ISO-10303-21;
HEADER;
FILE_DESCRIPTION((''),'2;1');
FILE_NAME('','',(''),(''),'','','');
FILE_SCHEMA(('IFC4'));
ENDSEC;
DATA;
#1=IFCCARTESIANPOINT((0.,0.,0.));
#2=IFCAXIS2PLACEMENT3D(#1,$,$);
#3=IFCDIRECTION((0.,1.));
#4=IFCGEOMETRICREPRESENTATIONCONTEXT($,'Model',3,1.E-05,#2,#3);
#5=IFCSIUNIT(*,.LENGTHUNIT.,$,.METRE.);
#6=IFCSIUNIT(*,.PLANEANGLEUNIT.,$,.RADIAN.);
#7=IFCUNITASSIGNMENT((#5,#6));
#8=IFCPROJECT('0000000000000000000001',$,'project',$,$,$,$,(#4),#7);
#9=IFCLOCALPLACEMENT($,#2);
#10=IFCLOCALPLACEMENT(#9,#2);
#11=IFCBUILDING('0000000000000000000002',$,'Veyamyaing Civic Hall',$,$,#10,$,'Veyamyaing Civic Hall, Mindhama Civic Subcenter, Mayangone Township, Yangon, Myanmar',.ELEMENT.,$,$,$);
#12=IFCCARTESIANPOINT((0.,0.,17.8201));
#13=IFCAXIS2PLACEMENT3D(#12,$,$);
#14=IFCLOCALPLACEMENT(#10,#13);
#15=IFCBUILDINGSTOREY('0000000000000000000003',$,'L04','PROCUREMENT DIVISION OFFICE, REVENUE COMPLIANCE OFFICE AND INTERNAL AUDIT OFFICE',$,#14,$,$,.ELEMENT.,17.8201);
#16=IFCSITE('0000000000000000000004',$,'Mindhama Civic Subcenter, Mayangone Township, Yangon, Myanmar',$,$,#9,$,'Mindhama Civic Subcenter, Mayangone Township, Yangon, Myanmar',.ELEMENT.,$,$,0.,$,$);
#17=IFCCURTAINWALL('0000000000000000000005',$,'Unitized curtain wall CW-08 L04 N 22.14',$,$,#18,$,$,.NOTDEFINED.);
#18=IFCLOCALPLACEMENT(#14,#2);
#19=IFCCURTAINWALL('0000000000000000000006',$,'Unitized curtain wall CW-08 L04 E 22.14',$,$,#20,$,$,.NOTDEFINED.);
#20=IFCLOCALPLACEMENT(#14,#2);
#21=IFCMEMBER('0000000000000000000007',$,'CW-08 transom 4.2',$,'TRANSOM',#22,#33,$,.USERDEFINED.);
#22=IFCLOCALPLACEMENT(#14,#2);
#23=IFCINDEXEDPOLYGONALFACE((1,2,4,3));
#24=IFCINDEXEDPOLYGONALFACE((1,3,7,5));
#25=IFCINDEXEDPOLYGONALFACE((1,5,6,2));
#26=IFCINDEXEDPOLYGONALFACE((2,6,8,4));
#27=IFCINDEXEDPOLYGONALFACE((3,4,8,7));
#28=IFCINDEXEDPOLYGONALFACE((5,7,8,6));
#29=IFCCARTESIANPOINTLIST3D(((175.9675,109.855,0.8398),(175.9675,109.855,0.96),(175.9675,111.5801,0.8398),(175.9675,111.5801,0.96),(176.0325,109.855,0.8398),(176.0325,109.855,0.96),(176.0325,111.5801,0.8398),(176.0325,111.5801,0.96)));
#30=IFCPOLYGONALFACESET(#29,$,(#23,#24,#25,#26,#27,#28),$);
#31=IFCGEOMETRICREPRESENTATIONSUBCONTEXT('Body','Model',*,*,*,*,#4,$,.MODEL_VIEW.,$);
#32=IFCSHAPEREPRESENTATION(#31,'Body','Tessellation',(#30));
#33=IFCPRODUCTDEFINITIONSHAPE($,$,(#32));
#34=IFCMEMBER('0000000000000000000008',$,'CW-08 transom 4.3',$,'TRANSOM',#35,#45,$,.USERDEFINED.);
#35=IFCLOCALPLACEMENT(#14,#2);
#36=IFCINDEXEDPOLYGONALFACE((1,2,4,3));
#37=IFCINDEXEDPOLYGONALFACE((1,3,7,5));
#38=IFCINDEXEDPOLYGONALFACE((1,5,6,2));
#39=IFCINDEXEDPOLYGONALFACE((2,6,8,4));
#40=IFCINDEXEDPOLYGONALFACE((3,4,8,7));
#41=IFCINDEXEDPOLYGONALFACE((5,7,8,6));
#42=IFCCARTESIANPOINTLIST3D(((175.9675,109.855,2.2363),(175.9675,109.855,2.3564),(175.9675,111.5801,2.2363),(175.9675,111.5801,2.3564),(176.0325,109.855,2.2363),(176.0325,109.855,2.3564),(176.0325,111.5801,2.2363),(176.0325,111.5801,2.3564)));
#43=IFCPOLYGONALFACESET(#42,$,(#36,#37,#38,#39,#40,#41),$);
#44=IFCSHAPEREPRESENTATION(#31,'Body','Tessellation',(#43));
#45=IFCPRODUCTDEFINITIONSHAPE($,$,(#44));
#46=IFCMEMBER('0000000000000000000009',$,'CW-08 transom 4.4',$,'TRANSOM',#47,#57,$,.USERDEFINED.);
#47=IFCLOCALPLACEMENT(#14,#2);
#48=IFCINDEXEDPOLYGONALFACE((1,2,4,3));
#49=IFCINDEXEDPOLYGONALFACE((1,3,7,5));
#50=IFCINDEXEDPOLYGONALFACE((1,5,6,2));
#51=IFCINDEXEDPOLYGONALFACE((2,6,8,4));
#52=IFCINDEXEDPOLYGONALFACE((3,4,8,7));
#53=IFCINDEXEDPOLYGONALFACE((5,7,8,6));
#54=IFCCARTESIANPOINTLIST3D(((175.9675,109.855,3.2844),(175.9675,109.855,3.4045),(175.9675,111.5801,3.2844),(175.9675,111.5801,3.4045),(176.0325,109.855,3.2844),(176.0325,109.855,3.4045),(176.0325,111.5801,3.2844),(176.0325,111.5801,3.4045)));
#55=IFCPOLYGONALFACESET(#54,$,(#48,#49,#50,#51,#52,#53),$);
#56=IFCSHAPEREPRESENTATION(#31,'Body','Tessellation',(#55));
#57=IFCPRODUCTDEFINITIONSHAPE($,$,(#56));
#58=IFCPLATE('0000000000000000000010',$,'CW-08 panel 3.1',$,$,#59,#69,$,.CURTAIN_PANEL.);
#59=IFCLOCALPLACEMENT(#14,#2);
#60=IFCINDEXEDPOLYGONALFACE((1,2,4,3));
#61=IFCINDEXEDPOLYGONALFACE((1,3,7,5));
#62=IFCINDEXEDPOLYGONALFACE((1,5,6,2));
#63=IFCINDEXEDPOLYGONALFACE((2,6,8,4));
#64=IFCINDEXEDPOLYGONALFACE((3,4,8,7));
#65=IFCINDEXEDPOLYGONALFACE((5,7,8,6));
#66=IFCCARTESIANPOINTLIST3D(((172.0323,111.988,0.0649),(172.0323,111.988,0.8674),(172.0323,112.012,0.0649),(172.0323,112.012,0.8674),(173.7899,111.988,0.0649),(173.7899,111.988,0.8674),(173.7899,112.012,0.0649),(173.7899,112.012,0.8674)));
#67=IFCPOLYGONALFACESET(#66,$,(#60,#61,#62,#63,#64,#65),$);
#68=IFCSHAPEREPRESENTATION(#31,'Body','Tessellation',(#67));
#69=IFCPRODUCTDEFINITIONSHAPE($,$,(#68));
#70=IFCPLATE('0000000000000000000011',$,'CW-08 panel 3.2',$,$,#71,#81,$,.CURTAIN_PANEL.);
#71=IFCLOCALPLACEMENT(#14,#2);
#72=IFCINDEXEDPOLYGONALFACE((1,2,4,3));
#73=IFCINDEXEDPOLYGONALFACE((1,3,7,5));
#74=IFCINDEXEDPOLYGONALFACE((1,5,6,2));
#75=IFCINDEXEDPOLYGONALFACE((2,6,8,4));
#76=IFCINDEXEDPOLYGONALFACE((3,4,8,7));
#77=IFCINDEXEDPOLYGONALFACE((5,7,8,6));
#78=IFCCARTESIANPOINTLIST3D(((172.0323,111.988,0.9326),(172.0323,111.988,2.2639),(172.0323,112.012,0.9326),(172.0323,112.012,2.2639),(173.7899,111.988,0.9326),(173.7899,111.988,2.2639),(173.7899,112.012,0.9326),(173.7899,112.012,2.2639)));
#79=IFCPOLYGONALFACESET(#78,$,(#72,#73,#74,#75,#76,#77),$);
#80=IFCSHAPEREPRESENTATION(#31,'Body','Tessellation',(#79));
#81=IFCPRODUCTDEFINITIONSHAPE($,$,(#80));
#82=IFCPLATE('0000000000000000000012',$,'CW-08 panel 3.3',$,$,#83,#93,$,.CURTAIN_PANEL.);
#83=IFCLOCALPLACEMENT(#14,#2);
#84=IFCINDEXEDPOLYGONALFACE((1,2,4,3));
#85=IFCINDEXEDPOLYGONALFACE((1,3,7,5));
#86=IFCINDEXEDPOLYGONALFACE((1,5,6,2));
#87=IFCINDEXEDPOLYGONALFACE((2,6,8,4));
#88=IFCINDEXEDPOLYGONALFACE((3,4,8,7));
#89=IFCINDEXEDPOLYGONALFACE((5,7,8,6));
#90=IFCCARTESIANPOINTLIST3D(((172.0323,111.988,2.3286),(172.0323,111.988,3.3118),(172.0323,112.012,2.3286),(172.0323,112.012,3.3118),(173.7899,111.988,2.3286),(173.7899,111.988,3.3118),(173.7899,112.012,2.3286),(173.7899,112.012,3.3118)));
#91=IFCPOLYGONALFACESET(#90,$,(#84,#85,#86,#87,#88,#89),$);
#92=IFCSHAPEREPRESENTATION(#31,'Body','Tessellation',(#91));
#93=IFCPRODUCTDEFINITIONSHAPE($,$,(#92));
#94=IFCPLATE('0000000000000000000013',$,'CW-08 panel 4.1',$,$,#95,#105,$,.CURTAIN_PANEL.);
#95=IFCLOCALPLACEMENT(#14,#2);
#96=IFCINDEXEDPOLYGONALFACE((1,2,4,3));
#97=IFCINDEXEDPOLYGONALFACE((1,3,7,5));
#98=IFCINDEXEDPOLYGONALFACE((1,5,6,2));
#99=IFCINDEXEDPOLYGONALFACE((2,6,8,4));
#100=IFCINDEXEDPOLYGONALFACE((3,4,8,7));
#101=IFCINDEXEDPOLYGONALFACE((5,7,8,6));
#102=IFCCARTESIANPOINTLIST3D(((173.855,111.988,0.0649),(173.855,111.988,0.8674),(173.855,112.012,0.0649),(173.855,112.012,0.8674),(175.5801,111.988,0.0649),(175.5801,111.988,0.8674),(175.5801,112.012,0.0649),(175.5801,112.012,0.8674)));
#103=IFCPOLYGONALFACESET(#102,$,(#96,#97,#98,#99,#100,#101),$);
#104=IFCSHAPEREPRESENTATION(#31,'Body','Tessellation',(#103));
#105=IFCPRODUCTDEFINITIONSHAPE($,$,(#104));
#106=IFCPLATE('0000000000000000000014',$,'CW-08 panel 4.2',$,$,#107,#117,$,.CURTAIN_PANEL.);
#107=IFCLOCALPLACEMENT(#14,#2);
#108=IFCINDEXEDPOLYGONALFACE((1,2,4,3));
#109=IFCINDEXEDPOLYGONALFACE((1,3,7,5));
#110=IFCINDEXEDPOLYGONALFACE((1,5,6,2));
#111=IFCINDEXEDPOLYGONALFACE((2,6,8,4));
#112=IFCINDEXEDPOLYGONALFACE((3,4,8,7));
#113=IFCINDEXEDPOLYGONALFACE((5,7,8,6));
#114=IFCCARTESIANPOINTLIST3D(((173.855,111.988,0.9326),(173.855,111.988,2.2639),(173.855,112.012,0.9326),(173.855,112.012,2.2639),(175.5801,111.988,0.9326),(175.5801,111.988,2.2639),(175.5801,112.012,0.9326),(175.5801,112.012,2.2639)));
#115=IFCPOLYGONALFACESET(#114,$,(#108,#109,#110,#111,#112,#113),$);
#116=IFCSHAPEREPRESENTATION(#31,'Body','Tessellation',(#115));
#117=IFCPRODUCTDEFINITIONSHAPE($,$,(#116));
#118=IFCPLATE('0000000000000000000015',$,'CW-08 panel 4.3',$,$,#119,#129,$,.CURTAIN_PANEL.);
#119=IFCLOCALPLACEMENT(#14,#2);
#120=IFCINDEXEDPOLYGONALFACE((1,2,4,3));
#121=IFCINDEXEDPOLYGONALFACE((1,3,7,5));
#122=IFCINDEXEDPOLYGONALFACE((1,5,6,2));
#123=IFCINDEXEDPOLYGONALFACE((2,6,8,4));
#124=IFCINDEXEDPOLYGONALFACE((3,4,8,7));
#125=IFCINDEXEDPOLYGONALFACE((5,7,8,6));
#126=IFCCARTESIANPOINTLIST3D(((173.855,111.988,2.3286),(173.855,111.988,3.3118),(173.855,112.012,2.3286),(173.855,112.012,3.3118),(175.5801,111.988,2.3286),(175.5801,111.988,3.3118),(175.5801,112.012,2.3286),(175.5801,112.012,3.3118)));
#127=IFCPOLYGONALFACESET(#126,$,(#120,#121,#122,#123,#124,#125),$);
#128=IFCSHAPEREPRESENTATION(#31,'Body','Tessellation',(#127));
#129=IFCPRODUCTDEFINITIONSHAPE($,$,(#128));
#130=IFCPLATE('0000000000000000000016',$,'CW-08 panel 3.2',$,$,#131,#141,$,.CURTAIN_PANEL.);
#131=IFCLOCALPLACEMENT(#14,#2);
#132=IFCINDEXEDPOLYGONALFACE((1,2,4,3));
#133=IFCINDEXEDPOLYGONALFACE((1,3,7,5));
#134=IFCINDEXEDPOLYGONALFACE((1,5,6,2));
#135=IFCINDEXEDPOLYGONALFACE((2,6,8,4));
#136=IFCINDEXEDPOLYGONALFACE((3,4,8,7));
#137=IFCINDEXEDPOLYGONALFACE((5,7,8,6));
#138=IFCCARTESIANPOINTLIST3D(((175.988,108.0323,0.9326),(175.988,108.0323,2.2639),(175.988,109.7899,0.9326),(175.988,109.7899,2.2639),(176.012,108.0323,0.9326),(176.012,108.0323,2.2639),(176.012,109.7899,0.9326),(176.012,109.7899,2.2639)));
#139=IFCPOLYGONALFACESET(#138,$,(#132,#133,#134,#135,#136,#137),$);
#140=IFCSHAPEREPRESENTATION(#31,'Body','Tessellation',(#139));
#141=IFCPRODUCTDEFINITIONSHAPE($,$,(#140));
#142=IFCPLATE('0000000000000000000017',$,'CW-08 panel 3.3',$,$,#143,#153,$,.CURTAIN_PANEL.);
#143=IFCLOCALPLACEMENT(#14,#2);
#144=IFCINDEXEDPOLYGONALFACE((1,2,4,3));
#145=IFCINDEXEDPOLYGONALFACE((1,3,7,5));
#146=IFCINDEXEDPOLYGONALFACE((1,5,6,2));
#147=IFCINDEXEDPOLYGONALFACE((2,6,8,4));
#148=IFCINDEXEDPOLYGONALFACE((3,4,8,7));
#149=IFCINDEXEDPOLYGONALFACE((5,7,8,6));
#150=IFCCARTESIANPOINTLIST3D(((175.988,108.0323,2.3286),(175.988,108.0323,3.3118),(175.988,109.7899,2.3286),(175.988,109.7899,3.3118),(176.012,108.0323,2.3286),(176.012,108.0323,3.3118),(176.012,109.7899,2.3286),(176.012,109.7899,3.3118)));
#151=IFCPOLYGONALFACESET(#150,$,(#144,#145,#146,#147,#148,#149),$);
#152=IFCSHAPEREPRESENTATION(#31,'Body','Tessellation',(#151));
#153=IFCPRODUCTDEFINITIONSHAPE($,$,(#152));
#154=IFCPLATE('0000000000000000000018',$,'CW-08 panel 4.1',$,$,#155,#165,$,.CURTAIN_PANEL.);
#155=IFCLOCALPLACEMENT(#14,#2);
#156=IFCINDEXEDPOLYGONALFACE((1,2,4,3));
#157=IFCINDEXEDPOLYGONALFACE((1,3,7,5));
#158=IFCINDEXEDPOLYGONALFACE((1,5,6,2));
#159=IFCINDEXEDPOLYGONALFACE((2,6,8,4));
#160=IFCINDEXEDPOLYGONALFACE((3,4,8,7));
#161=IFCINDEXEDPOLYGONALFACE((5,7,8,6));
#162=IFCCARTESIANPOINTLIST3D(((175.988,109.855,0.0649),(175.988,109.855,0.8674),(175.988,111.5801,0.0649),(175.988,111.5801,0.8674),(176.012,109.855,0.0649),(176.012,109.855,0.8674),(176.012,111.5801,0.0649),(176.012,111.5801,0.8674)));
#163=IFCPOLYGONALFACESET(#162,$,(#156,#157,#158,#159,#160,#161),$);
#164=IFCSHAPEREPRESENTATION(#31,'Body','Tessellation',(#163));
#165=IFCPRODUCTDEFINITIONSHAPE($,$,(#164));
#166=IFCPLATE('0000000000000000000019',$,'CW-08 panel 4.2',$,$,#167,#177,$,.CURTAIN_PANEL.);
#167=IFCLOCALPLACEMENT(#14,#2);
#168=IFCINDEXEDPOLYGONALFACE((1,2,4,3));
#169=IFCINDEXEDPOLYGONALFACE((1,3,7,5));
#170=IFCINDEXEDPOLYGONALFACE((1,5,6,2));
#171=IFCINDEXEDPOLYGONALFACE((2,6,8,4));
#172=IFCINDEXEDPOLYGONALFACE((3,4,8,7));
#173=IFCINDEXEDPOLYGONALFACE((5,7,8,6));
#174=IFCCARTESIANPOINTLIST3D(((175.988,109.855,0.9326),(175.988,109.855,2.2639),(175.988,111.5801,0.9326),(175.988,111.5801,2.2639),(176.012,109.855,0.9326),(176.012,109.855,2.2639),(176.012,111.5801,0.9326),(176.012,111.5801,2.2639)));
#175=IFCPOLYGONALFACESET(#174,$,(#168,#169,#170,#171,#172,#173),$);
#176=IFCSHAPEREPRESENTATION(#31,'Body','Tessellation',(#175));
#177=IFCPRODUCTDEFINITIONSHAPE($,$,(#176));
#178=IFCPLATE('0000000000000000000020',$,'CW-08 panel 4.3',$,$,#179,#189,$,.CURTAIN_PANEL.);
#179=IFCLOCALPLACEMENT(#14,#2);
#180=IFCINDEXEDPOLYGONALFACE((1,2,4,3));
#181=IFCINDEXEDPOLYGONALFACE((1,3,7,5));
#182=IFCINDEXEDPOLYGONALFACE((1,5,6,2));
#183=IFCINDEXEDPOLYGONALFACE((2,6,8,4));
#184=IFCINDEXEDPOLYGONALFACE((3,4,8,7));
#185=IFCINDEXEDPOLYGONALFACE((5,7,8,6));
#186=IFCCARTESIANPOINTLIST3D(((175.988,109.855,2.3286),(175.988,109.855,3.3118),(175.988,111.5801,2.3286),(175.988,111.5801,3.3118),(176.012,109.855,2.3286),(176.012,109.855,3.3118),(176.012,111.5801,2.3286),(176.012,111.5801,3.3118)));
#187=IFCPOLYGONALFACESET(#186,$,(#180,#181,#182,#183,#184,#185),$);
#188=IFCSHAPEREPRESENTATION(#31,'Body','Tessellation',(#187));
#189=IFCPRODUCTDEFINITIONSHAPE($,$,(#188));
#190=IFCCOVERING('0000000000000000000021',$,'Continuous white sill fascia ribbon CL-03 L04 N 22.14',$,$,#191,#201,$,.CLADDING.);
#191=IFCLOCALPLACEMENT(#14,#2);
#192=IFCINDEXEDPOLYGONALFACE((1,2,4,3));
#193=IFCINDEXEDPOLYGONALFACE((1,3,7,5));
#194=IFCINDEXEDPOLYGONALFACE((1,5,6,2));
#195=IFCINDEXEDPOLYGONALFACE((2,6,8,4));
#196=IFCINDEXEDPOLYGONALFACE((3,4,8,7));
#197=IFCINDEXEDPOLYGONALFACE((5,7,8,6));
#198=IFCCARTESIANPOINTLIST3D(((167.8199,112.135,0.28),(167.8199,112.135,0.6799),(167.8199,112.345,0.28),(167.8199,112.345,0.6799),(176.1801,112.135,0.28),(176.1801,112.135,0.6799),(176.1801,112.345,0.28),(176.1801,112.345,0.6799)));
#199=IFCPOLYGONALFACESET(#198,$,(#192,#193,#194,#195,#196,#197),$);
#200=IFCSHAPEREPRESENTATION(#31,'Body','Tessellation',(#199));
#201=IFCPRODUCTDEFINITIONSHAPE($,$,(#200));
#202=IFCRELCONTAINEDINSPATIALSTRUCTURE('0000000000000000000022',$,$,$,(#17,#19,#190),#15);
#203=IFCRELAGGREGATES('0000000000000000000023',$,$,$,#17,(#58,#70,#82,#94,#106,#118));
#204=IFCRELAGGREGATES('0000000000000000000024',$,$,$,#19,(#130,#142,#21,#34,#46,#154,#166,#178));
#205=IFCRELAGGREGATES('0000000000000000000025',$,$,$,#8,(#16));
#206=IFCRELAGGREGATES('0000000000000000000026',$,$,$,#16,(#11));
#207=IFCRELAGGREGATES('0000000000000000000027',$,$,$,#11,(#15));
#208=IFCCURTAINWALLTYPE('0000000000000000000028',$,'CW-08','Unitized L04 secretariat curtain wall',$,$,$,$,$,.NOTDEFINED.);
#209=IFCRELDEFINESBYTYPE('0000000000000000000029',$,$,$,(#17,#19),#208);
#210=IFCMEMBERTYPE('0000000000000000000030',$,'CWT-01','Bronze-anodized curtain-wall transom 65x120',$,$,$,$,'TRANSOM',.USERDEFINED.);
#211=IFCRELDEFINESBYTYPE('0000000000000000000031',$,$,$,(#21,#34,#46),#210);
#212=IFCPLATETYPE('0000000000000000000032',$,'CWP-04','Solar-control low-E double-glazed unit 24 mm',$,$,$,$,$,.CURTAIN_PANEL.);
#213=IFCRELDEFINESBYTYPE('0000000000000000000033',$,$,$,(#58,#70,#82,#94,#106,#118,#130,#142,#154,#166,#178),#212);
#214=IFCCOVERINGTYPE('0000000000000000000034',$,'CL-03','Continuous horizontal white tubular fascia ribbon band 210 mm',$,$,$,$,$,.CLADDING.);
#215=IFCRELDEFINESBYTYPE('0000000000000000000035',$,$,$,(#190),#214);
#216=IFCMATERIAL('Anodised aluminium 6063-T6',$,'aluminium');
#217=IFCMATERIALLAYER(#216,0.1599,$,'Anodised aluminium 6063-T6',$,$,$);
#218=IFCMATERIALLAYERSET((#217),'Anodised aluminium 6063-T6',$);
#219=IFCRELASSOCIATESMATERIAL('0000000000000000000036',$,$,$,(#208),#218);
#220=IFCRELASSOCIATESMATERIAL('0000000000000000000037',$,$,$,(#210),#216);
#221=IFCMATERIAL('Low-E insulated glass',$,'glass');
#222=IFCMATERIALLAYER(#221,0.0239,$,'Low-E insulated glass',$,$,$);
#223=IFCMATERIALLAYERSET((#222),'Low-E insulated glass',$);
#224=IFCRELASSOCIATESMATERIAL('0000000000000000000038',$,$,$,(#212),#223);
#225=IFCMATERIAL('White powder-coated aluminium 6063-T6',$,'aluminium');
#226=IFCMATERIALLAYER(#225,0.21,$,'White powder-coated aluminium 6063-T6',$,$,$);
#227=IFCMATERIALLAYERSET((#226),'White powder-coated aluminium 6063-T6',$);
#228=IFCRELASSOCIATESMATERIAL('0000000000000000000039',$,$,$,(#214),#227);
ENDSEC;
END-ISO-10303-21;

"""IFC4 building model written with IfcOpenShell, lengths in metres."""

from ifc_helpers import new_model, si_unit, direction, frame, origin, origin_2d, place, context, subcontext, project, spatial, rectangle, extrude, material, layer, layer_set, material_profile, profile_set, type_object, element, aggregate, save


model = new_model("IFC4")

# Units and contexts
model_context = context("Model", 3, precision=1e-05, world=origin(), true_north=direction((0.0, 1.0)))
body_context = subcontext(model_context, "Body", "Model", "MODEL_VIEW")
ifc_project = project(units=[si_unit("LENGTHUNIT", "METRE"), si_unit("PLANEANGLEUNIT", "RADIAN")], contexts=[model_context])

# Site, building, storey
site_placement = place(None, origin())
site = spatial("IfcSite", under=ifc_project, at=site_placement, Name="Mindhama Civic Subcenter, Mayangone Township, Yangon, Myanmar", LongName="Mindhama Civic Subcenter, Mayangone Township, Yangon, Myanmar", CompositionType="ELEMENT", RefElevation=0.0)
building_placement = place(site_placement, origin())
building = spatial("IfcBuilding", under=site, at=building_placement, Name="Veyamyaing Civic Hall", LongName="Veyamyaing Civic Hall, Mindhama Civic Subcenter, Mayangone Township, Yangon, Myanmar", CompositionType="ELEMENT")
storey_placement = place(building_placement, frame((0.0, 0.0, 17.8201)))
storey = spatial("IfcBuildingStorey", under=building, at=storey_placement, Name="L04", Description="PROCUREMENT DIVISION OFFICE, REVENUE COMPLIANCE OFFICE AND INTERNAL AUDIT OFFICE", CompositionType="ELEMENT", Elevation=17.8201)

# Curtain walls
ifc_material_1 = material(Name="Anodised aluminium 6063-T6", Category="aluminium")
ifc_layer_1 = layer(ifc_material_1, 0.1599, Name="Anodised aluminium 6063-T6")
ifc_layer_set_1 = layer_set([ifc_layer_1], Name="Anodised aluminium 6063-T6")
curtain_wall_type = type_object("IfcCurtainWallType", Name="CW-08", Description="Unitized L04 secretariat curtain wall", PredefinedType="NOTDEFINED", material=ifc_layer_set_1)
curtain_wall_1_placement = place(storey_placement, origin())
curtain_wall_1 = element("IfcCurtainWall", 1, at=curtain_wall_1_placement, inside=storey, type_object=curtain_wall_type, Name="Unitized curtain wall CW-08 L04 N 22.14", PredefinedType="NOTDEFINED")
curtain_wall_2_placement = place(storey_placement, origin())
curtain_wall_2 = element("IfcCurtainWall", 2, at=curtain_wall_2_placement, inside=storey, type_object=curtain_wall_type, Name="Unitized curtain wall CW-08 L04 E 22.14", PredefinedType="NOTDEFINED")

# Members
ifc_material_profile_1 = material_profile(ifc_material_1, rectangle(XDim=0.0649, YDim=0.1201, at=origin_2d()), Name="ALU-TRN-65X120")
ifc_profile_set_1 = profile_set([ifc_material_profile_1], Name="Anodised aluminium 6063-T6")
member_type_1 = type_object("IfcMemberType", Name="CWT-01", Description="Bronze-anodized curtain-wall transom 65x120", ElementType="TRANSOM", PredefinedType="USERDEFINED", material=ifc_profile_set_1)
member_1_placement = place(storey_placement, frame((176.0, 109.855, 0.8999), z_axis=(0.0, 1.0, 0.0), x_axis=(-1.0, 0.0, 0.0)))
member_1 = element("IfcMember", 3, at=member_1_placement, type_object=member_type_1, Name="CW-08 transom 4.2", ObjectType="TRANSOM", PredefinedType="USERDEFINED", context=body_context, shape_type="SweptSolid", body=[
    extrude(rectangle(XDim=0.0649, YDim=0.1201, at=origin_2d()), origin(), (0.0, 0.0, 1.0), 1.7251),
])
member_2_placement = place(storey_placement, frame((176.0, 109.855, 2.2964), z_axis=(0.0, 1.0, 0.0), x_axis=(-1.0, 0.0, 0.0)))
member_2 = element("IfcMember", 4, at=member_2_placement, type_object=member_type_1, Name="CW-08 transom 4.3", ObjectType="TRANSOM", PredefinedType="USERDEFINED", context=body_context, shape_type="SweptSolid", body=[
    extrude(rectangle(XDim=0.0649, YDim=0.1201, at=origin_2d()), origin(), (0.0, 0.0, 1.0), 1.7251),
])
member_3_placement = place(storey_placement, frame((176.0, 109.855, 3.3445), z_axis=(0.0, 1.0, 0.0), x_axis=(-1.0, 0.0, 0.0)))
member_3 = element("IfcMember", 5, at=member_3_placement, type_object=member_type_1, Name="CW-08 transom 4.4", ObjectType="TRANSOM", PredefinedType="USERDEFINED", context=body_context, shape_type="SweptSolid", body=[
    extrude(rectangle(XDim=0.0649, YDim=0.1201, at=origin_2d()), origin(), (0.0, 0.0, 1.0), 1.7251),
])

# Plates
ifc_material_2 = material(Name="Low-E insulated glass", Category="glass")
ifc_layer_2 = layer(ifc_material_2, 0.0239, Name="Low-E insulated glass")
ifc_layer_set_2 = layer_set([ifc_layer_2], Name="Low-E insulated glass")
plate_type = type_object("IfcPlateType", Name="CWP-04", Description="Solar-control low-E double-glazed unit 24 mm", PredefinedType="CURTAIN_PANEL", material=ifc_layer_set_2)
plate_1_placement = place(storey_placement, frame((172.9111, 112.0, 0.0649), z_axis=(0.0, 0.0, 1.0), x_axis=(1.0, 0.0, 0.0)))
plate_1 = element("IfcPlate", 6, at=plate_1_placement, type_object=plate_type, Name="CW-08 panel 3.1", PredefinedType="CURTAIN_PANEL", context=body_context, shape_type="SweptSolid", body=[
    extrude(rectangle(XDim=1.7576, YDim=0.0239, at=origin_2d()), origin(), (0.0, 0.0, 1.0), 0.8025),
])
plate_2_placement = place(storey_placement, frame((172.9111, 112.0, 0.9326), z_axis=(0.0, 0.0, 1.0), x_axis=(1.0, 0.0, 0.0)))
plate_2 = element("IfcPlate", 7, at=plate_2_placement, type_object=plate_type, Name="CW-08 panel 3.2", PredefinedType="CURTAIN_PANEL", context=body_context, shape_type="SweptSolid", body=[
    extrude(rectangle(XDim=1.7576, YDim=0.0239, at=origin_2d()), origin(), (0.0, 0.0, 1.0), 1.3313),
])
plate_3_placement = place(storey_placement, frame((172.9111, 112.0, 2.3286), z_axis=(0.0, 0.0, 1.0), x_axis=(1.0, 0.0, 0.0)))
plate_3 = element("IfcPlate", 8, at=plate_3_placement, type_object=plate_type, Name="CW-08 panel 3.3", PredefinedType="CURTAIN_PANEL", context=body_context, shape_type="SweptSolid", body=[
    extrude(rectangle(XDim=1.7576, YDim=0.0239, at=origin_2d()), origin(), (0.0, 0.0, 1.0), 0.9832),
])
plate_4_placement = place(storey_placement, frame((174.7175, 112.0, 0.0649), z_axis=(0.0, 0.0, 1.0), x_axis=(1.0, 0.0, 0.0)))
plate_4 = element("IfcPlate", 9, at=plate_4_placement, type_object=plate_type, Name="CW-08 panel 4.1", PredefinedType="CURTAIN_PANEL", context=body_context, shape_type="SweptSolid", body=[
    extrude(rectangle(XDim=1.7251, YDim=0.0239, at=origin_2d()), origin(), (0.0, 0.0, 1.0), 0.8025),
])
plate_5_placement = place(storey_placement, frame((174.7175, 112.0, 0.9326), z_axis=(0.0, 0.0, 1.0), x_axis=(1.0, 0.0, 0.0)))
plate_5 = element("IfcPlate", 10, at=plate_5_placement, type_object=plate_type, Name="CW-08 panel 4.2", PredefinedType="CURTAIN_PANEL", context=body_context, shape_type="SweptSolid", body=[
    extrude(rectangle(XDim=1.7251, YDim=0.0239, at=origin_2d()), origin(), (0.0, 0.0, 1.0), 1.3313),
])
plate_6_placement = place(storey_placement, frame((174.7175, 112.0, 2.3286), z_axis=(0.0, 0.0, 1.0), x_axis=(1.0, 0.0, 0.0)))
plate_6 = element("IfcPlate", 11, at=plate_6_placement, type_object=plate_type, Name="CW-08 panel 4.3", PredefinedType="CURTAIN_PANEL", context=body_context, shape_type="SweptSolid", body=[
    extrude(rectangle(XDim=1.7251, YDim=0.0239, at=origin_2d()), origin(), (0.0, 0.0, 1.0), 0.9832),
])
aggregate(curtain_wall_1, [plate_1, plate_2, plate_3, plate_4, plate_5, plate_6])
plate_7_placement = place(storey_placement, frame((176.0, 108.9111, 0.9326), z_axis=(0.0, 0.0, 1.0), x_axis=(0.0, 1.0, 0.0)))
plate_7 = element("IfcPlate", 12, at=plate_7_placement, type_object=plate_type, Name="CW-08 panel 3.2", PredefinedType="CURTAIN_PANEL", context=body_context, shape_type="SweptSolid", body=[
    extrude(rectangle(XDim=1.7576, YDim=0.0239, at=origin_2d()), origin(), (0.0, 0.0, 1.0), 1.3313),
])
plate_8_placement = place(storey_placement, frame((176.0, 108.9111, 2.3286), z_axis=(0.0, 0.0, 1.0), x_axis=(0.0, 1.0, 0.0)))
plate_8 = element("IfcPlate", 13, at=plate_8_placement, type_object=plate_type, Name="CW-08 panel 3.3", PredefinedType="CURTAIN_PANEL", context=body_context, shape_type="SweptSolid", body=[
    extrude(rectangle(XDim=1.7576, YDim=0.0239, at=origin_2d()), origin(), (0.0, 0.0, 1.0), 0.9832),
])
plate_9_placement = place(storey_placement, frame((176.0, 110.7175, 0.0649), z_axis=(0.0, 0.0, 1.0), x_axis=(0.0, 1.0, 0.0)))
plate_9 = element("IfcPlate", 14, at=plate_9_placement, type_object=plate_type, Name="CW-08 panel 4.1", PredefinedType="CURTAIN_PANEL", context=body_context, shape_type="SweptSolid", body=[
    extrude(rectangle(XDim=1.7251, YDim=0.0239, at=origin_2d()), origin(), (0.0, 0.0, 1.0), 0.8025),
])
plate_10_placement = place(storey_placement, frame((176.0, 110.7175, 0.9326), z_axis=(0.0, 0.0, 1.0), x_axis=(0.0, 1.0, 0.0)))
plate_10 = element("IfcPlate", 15, at=plate_10_placement, type_object=plate_type, Name="CW-08 panel 4.2", PredefinedType="CURTAIN_PANEL", context=body_context, shape_type="SweptSolid", body=[
    extrude(rectangle(XDim=1.7251, YDim=0.0239, at=origin_2d()), origin(), (0.0, 0.0, 1.0), 1.3313),
])
plate_11_placement = place(storey_placement, frame((176.0, 110.7175, 2.3286), z_axis=(0.0, 0.0, 1.0), x_axis=(0.0, 1.0, 0.0)))
plate_11 = element("IfcPlate", 16, at=plate_11_placement, type_object=plate_type, Name="CW-08 panel 4.3", PredefinedType="CURTAIN_PANEL", context=body_context, shape_type="SweptSolid", body=[
    extrude(rectangle(XDim=1.7251, YDim=0.0239, at=origin_2d()), origin(), (0.0, 0.0, 1.0), 0.9832),
])
aggregate(curtain_wall_2, [plate_7, plate_8, member_1, member_2, member_3, plate_9, plate_10, plate_11])

# Covering
ifc_material_3 = material(Name="White powder-coated aluminium 6063-T6", Category="aluminium")
ifc_layer_3 = layer(ifc_material_3, 0.21, Name="White powder-coated aluminium 6063-T6")
ifc_layer_set_3 = layer_set([ifc_layer_3], Name="White powder-coated aluminium 6063-T6")
covering_type = type_object("IfcCoveringType", Name="CL-03", Description="Continuous horizontal white tubular fascia ribbon band 210 mm", PredefinedType="CLADDING", material=ifc_layer_set_3)
covering_placement = place(storey_placement, frame((172.0, 112.24, 0.28), z_axis=(0.0, 0.0, 1.0), x_axis=(1.0, 0.0, 0.0)))
element("IfcCovering", 17, at=covering_placement, inside=storey, type_object=covering_type, Name="Continuous white sill fascia ribbon CL-03 L04 N 22.14", PredefinedType="CLADDING", context=body_context, shape_type="SweptSolid", body=[
    extrude(rectangle(XDim=8.3601, YDim=0.21, at=origin_2d()), origin(), (0.0, 0.0, 1.0), 0.3999),
])

save(model, "model.ifc")
